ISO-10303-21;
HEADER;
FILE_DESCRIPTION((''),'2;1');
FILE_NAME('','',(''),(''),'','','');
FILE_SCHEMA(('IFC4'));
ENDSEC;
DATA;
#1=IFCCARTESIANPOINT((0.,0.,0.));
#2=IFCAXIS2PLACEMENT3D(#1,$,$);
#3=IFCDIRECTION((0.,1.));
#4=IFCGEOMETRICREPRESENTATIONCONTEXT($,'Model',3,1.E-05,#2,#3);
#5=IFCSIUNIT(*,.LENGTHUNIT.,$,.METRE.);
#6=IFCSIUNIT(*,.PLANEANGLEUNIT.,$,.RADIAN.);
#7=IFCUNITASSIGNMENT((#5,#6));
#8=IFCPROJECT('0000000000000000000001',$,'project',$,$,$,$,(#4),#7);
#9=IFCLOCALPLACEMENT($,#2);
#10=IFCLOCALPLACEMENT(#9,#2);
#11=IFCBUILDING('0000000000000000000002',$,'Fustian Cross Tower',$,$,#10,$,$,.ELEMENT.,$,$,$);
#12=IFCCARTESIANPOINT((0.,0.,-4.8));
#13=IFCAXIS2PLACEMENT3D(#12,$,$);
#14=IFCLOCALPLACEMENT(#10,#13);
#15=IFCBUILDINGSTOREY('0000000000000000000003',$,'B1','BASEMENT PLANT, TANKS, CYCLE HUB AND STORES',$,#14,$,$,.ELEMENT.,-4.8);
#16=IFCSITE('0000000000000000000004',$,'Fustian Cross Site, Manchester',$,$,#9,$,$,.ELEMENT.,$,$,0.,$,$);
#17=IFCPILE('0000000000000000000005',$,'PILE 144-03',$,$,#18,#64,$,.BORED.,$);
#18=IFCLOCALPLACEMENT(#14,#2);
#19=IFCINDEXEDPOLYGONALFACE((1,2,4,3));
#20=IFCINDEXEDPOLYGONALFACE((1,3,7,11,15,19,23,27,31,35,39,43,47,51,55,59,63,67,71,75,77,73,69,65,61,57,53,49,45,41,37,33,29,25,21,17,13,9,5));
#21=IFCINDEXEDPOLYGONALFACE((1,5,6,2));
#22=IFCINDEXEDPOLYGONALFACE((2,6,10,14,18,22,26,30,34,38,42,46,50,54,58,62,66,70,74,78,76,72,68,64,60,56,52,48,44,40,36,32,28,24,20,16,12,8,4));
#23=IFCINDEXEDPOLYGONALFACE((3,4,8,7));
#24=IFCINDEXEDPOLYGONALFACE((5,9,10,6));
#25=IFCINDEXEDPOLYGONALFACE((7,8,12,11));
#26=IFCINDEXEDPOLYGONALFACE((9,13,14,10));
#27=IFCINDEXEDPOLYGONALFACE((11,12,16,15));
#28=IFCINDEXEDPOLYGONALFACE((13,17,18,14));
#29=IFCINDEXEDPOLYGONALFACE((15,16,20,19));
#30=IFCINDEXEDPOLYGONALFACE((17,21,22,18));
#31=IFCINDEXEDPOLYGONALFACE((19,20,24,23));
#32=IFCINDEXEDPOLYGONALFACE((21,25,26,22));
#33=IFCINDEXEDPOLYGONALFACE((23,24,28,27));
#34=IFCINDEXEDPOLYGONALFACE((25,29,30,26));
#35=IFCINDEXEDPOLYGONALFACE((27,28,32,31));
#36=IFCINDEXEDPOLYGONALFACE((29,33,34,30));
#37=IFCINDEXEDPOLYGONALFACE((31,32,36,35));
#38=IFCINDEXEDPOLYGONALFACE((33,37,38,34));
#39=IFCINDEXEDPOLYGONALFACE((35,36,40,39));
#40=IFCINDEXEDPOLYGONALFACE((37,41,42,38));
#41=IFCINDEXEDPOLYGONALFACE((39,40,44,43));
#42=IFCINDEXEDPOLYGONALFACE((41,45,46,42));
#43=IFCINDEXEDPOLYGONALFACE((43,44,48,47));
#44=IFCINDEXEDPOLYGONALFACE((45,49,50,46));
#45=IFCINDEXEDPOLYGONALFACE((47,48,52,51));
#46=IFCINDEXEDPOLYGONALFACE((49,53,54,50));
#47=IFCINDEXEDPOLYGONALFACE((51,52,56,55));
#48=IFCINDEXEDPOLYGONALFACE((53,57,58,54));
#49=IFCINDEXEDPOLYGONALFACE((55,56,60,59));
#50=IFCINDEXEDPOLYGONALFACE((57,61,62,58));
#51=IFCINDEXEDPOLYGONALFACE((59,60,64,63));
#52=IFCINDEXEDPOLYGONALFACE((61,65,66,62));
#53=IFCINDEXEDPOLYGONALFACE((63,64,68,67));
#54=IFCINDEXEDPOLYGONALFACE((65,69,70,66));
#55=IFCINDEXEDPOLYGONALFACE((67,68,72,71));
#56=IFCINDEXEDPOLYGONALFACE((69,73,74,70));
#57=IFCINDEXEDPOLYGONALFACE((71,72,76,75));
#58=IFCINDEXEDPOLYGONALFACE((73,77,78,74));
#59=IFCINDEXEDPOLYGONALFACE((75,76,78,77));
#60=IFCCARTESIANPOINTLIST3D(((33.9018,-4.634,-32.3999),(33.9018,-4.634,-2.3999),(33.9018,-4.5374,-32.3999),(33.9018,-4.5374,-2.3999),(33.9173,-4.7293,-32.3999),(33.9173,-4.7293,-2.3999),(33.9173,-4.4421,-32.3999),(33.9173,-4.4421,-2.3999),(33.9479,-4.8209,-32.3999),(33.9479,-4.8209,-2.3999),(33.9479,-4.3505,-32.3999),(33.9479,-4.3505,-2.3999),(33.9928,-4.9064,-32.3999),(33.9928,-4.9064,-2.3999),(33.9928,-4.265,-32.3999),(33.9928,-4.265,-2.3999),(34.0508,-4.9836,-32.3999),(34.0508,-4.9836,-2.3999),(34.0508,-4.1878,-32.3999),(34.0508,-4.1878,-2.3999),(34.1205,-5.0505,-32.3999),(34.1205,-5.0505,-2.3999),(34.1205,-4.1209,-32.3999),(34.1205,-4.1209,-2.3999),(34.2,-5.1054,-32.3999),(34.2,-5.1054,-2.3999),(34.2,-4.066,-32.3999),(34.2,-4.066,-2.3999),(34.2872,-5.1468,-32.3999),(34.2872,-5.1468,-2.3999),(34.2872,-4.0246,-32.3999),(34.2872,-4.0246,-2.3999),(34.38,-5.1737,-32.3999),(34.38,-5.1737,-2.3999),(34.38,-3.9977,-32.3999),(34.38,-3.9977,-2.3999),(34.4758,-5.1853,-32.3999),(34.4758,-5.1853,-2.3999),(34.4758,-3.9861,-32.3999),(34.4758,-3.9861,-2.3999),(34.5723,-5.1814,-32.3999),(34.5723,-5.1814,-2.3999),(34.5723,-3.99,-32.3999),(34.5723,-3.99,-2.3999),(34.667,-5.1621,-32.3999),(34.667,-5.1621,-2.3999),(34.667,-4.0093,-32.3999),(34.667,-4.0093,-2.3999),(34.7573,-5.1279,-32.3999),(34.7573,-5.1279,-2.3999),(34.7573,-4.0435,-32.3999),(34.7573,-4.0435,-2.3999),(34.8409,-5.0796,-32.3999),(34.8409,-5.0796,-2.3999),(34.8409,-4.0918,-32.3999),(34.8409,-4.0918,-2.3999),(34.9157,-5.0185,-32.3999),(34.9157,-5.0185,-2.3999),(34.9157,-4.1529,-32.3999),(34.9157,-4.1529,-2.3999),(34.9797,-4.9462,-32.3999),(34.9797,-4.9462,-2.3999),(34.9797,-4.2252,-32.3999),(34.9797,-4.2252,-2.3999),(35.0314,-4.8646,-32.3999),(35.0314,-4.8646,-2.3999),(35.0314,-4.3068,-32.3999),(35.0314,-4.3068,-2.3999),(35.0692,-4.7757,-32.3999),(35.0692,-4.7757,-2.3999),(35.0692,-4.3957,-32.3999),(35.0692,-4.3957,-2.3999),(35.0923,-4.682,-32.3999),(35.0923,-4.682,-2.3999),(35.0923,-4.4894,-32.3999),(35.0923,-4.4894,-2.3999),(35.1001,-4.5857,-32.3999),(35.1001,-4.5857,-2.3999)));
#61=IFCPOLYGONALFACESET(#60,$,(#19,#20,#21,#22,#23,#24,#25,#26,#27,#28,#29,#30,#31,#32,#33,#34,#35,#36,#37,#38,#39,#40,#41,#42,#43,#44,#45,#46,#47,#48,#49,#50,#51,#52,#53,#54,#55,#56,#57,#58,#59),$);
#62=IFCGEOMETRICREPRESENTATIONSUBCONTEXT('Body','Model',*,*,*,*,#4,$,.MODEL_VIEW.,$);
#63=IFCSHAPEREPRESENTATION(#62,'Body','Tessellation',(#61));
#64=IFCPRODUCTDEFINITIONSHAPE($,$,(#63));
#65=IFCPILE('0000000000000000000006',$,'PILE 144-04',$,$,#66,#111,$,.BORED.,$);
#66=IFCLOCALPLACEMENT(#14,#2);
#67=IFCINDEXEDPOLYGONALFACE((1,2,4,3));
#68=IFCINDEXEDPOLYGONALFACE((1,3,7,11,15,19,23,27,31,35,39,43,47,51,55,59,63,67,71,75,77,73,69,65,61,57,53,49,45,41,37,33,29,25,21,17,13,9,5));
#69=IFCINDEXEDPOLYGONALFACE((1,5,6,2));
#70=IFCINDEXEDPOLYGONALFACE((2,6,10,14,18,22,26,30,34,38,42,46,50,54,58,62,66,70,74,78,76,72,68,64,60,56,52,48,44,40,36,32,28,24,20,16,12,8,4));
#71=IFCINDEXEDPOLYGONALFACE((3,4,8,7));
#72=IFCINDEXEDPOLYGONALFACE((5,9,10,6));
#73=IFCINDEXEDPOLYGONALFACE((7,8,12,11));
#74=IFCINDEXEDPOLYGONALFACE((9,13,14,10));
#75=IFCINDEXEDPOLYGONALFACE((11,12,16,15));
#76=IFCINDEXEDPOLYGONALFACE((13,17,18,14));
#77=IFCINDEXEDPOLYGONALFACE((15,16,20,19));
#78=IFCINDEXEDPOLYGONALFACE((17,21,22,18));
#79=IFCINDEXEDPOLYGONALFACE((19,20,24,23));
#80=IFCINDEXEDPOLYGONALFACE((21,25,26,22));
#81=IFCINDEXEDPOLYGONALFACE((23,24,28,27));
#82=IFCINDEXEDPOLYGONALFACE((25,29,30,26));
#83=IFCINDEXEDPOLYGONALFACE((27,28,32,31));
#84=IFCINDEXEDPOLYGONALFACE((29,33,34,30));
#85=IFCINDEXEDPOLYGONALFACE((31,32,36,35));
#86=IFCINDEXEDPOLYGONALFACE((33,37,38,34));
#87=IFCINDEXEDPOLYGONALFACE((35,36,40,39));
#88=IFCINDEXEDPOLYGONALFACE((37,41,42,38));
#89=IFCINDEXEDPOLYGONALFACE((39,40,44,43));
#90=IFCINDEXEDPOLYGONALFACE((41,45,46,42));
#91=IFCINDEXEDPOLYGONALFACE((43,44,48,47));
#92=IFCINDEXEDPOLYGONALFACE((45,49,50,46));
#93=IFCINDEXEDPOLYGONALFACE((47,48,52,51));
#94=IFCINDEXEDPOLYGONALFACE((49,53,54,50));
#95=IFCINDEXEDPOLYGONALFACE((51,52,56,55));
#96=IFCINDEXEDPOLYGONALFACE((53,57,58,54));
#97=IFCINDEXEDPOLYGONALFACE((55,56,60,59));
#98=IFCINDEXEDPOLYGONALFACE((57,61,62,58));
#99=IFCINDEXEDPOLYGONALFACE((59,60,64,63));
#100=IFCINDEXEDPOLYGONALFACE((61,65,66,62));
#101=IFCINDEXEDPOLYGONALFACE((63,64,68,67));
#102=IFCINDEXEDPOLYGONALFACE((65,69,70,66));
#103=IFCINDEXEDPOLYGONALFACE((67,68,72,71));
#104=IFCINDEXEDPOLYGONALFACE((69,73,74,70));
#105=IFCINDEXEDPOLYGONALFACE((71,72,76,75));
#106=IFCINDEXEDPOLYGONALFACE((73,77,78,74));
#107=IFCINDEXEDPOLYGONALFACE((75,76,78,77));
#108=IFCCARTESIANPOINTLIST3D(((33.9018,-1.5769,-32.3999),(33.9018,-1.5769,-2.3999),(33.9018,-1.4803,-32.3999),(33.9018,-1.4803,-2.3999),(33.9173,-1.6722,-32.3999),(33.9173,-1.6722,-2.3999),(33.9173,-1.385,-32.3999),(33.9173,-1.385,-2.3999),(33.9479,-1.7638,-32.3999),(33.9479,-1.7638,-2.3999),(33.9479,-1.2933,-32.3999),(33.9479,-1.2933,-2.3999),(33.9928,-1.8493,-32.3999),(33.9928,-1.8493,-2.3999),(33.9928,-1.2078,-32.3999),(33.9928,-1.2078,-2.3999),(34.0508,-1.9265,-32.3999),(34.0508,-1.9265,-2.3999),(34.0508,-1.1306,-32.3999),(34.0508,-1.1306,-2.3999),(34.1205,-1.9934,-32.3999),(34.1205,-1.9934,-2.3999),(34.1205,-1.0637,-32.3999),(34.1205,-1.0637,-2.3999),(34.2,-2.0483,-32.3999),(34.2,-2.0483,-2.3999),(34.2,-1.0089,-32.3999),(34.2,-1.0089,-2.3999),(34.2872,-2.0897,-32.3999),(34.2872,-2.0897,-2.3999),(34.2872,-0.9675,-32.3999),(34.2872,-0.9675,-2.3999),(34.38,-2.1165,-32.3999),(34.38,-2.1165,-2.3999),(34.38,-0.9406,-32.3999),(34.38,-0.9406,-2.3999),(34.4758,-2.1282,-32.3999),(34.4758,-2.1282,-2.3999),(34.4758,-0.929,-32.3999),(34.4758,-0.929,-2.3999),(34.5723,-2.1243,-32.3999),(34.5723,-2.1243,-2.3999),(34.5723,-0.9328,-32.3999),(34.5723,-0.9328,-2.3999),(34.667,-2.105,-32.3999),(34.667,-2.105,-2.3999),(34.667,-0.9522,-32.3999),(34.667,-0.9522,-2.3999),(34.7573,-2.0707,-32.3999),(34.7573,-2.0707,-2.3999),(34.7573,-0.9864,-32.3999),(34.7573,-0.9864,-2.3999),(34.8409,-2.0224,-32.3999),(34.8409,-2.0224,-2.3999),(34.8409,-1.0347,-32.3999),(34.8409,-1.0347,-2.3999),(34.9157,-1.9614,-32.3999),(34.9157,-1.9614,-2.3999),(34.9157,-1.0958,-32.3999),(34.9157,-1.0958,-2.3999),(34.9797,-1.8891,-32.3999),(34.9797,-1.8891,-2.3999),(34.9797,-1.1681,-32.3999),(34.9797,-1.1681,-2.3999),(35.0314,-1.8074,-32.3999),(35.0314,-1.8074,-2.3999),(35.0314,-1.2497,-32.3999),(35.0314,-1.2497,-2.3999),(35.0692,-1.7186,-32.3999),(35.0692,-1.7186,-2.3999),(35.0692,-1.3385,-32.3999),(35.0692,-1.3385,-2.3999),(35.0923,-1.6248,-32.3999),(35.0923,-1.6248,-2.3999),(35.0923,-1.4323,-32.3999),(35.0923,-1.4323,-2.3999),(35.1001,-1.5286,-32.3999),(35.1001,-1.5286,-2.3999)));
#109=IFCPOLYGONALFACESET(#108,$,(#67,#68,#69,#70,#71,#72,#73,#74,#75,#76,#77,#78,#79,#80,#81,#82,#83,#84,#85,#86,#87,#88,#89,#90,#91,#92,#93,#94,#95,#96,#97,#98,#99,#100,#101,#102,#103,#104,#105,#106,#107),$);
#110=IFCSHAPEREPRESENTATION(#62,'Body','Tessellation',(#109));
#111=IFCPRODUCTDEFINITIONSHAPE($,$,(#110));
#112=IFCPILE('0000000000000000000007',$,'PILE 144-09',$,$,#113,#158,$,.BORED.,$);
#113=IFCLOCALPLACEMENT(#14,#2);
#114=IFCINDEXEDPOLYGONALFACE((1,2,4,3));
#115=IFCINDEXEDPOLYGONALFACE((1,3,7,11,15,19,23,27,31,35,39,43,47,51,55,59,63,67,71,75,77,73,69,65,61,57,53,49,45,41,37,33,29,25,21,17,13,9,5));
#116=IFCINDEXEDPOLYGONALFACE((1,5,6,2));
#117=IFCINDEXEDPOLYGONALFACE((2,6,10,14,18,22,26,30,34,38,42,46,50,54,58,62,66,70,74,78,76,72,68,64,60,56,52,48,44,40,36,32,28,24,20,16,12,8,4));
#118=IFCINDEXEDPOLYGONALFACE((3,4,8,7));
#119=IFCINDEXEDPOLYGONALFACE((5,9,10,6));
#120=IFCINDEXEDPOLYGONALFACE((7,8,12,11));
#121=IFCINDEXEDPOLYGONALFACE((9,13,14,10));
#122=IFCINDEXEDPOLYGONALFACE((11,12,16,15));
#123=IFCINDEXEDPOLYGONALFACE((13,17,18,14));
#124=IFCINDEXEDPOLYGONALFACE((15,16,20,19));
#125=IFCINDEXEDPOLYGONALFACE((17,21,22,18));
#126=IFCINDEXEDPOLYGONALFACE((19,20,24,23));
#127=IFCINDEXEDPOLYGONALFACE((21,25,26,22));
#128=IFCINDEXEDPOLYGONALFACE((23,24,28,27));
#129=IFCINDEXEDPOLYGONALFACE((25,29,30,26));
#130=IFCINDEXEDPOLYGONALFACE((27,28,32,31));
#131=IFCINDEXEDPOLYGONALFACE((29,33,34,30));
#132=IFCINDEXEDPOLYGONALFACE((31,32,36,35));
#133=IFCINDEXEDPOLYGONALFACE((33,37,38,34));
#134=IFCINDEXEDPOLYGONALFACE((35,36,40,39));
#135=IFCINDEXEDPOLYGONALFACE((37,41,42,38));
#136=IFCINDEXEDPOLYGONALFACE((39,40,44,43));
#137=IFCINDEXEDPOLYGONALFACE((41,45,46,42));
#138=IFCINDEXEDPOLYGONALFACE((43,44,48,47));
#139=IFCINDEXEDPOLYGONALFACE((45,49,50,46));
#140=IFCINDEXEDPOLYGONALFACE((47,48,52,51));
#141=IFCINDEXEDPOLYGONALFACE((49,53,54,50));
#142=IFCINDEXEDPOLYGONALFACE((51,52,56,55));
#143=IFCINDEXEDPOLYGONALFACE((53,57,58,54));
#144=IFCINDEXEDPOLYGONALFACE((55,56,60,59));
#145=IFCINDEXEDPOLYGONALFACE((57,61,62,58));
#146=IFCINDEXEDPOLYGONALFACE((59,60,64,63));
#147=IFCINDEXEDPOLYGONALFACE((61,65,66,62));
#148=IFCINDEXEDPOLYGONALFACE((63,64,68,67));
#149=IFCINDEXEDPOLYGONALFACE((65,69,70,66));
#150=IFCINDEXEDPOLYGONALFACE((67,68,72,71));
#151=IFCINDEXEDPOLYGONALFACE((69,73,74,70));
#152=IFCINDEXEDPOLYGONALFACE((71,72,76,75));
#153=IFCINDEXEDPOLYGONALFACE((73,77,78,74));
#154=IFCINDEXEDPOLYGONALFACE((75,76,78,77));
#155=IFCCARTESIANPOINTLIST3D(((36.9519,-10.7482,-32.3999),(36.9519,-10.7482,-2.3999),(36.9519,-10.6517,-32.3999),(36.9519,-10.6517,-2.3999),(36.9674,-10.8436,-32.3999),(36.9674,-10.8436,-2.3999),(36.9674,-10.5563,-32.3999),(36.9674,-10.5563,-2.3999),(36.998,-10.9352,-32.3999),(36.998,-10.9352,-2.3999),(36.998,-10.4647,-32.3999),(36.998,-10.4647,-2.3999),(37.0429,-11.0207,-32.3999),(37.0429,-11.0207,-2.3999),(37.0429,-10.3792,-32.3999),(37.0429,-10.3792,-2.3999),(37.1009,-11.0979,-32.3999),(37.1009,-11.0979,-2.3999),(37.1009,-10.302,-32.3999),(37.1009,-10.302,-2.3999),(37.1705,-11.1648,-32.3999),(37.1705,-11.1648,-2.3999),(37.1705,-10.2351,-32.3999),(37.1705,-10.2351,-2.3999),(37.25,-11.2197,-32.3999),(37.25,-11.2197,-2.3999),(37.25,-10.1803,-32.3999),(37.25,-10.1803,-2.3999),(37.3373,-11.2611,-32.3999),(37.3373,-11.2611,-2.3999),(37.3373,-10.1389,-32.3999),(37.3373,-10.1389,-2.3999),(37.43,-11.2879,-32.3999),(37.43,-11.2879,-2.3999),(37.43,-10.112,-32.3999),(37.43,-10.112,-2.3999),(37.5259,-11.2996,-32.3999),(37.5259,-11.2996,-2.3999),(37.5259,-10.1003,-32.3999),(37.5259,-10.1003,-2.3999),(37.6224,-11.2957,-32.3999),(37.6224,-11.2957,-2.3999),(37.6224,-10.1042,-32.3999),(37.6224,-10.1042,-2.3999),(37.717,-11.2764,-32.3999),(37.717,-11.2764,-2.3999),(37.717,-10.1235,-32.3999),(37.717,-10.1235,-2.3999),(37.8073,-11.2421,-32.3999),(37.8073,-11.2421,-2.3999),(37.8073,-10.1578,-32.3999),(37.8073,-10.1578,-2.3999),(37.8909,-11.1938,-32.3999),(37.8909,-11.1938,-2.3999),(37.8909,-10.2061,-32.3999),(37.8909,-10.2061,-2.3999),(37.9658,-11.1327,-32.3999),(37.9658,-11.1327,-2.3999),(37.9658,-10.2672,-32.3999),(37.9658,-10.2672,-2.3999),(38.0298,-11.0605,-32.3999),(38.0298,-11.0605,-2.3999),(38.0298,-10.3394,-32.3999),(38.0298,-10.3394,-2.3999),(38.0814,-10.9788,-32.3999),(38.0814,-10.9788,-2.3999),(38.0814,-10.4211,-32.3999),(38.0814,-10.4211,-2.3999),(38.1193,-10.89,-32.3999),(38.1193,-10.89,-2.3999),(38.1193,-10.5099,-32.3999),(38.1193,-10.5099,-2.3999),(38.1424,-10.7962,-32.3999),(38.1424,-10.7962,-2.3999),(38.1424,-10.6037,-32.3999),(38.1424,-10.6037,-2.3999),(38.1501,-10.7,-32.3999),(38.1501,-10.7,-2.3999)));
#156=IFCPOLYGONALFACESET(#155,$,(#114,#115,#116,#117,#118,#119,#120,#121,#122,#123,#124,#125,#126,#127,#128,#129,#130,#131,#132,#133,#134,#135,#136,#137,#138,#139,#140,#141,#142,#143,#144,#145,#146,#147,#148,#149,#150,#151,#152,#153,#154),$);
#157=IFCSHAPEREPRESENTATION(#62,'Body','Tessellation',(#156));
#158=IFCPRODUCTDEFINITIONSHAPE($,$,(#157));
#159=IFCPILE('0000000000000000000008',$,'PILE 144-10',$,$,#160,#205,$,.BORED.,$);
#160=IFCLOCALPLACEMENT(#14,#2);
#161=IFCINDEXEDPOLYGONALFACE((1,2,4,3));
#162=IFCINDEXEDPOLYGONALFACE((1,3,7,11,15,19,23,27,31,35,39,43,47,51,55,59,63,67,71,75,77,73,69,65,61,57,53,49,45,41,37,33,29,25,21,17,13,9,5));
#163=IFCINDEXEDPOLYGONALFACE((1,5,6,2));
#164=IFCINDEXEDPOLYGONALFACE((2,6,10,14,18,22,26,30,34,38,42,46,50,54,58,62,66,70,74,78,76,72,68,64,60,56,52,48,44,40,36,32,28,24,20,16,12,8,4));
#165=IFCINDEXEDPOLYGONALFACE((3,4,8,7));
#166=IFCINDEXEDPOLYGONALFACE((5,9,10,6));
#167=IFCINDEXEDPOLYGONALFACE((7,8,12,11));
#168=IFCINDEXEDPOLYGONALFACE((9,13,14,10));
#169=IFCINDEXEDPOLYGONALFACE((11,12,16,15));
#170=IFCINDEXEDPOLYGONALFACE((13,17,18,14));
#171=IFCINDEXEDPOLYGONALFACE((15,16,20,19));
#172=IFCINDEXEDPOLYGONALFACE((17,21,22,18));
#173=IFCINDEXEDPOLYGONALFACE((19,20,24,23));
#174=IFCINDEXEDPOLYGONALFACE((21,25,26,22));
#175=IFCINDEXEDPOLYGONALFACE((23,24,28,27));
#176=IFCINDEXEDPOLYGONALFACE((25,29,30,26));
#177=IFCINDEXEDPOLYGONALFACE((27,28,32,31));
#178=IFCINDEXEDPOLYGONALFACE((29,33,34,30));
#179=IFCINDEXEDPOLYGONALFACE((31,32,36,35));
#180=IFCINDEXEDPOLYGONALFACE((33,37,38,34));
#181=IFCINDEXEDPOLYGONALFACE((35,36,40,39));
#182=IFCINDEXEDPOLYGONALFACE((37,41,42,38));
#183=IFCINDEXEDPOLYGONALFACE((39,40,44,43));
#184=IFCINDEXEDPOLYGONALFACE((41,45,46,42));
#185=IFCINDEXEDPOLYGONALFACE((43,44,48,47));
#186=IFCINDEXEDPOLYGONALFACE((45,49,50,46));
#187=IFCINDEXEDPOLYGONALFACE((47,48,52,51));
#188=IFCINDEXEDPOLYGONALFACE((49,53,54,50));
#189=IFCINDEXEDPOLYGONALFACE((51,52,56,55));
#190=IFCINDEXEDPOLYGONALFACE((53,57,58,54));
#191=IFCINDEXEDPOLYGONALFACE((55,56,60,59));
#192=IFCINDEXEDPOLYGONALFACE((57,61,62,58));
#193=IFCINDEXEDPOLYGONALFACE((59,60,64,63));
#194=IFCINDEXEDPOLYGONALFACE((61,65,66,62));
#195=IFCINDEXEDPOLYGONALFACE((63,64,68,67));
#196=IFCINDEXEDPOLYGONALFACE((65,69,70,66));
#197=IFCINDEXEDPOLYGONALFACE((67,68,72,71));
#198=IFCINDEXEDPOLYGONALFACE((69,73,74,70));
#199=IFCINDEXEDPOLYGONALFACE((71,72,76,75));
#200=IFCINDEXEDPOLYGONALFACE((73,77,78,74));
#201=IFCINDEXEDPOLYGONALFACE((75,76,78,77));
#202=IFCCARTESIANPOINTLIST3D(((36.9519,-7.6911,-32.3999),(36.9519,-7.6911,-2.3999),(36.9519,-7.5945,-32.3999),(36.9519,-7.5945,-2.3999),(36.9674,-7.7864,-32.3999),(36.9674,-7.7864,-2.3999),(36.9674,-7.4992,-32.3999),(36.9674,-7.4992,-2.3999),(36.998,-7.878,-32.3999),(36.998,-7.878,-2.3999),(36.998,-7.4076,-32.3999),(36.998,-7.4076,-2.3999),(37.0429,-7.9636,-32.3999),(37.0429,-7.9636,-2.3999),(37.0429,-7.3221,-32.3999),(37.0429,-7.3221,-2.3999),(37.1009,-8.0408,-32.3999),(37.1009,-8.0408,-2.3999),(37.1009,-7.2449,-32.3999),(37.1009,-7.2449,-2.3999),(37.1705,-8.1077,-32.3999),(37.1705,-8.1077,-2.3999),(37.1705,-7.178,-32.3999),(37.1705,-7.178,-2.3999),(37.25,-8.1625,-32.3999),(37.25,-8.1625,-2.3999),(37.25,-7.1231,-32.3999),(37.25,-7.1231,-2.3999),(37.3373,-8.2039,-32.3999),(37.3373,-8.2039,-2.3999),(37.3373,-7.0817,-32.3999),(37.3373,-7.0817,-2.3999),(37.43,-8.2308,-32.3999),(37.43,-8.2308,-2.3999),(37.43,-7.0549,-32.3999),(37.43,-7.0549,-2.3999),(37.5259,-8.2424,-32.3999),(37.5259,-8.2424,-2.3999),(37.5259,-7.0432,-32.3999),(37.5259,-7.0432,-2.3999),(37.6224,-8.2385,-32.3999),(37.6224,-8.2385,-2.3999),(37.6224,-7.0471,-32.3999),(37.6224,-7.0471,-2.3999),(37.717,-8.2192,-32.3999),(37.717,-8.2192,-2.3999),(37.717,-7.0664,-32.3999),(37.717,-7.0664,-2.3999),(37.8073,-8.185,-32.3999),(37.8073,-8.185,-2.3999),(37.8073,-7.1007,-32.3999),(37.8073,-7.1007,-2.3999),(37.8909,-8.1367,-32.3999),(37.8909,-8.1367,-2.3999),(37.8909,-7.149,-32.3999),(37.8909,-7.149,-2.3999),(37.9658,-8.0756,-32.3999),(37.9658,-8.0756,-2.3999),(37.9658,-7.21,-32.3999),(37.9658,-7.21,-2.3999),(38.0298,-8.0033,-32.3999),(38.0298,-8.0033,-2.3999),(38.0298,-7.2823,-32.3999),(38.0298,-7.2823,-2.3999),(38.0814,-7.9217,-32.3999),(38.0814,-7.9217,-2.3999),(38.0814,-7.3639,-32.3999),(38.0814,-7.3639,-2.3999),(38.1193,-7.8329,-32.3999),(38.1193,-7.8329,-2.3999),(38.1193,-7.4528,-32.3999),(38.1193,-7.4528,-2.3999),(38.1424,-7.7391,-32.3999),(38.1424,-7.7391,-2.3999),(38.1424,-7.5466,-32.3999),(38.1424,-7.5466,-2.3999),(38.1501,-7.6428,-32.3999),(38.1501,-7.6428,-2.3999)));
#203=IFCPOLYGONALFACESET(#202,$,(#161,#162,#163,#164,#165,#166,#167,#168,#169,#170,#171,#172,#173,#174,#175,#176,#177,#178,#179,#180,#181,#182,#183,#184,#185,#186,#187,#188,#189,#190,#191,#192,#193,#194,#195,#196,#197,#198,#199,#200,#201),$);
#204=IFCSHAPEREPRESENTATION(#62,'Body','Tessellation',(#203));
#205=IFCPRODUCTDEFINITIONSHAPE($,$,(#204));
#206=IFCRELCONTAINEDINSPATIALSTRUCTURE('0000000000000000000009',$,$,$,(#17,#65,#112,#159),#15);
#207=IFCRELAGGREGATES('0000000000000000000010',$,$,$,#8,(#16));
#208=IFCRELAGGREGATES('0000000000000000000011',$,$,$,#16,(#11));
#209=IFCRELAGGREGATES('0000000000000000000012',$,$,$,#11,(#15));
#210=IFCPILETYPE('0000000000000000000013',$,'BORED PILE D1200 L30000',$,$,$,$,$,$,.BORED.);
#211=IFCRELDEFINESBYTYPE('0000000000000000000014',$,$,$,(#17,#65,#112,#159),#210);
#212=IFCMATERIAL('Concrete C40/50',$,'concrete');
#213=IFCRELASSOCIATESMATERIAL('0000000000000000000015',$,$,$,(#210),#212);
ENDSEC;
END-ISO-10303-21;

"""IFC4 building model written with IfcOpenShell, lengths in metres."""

from ifc_helpers import new_model, si_unit, direction, frame, origin, origin_2d, place, context, subcontext, project, spatial, circle, extrude, material, material_profile, profile_set, type_object, element, save


model = new_model("IFC4")

# Units and contexts
model_context = context("Model", 3, precision=1e-05, world=origin(), true_north=direction((0.0, 1.0)))
body_context = subcontext(model_context, "Body", "Model", "MODEL_VIEW")
ifc_project = project(units=[si_unit("LENGTHUNIT", "METRE"), si_unit("PLANEANGLEUNIT", "RADIAN")], contexts=[model_context])

# Site, building, storey
site_placement = place(None, origin())
site = spatial("IfcSite", under=ifc_project, at=site_placement, Name="Fustian Cross Site, Manchester", CompositionType="ELEMENT", RefElevation=0.0)
building_placement = place(site_placement, origin())
building = spatial("IfcBuilding", under=site, at=building_placement, Name="Fustian Cross Tower", CompositionType="ELEMENT")
storey_placement = place(building_placement, frame((0.0, 0.0, -4.8)))
storey = spatial("IfcBuildingStorey", under=building, at=storey_placement, Name="B1", Description="BASEMENT PLANT, TANKS, CYCLE HUB AND STORES", CompositionType="ELEMENT", Elevation=-4.8)

# Piles
ifc_material_1 = material(Name="Concrete C40/50", Category="concrete")
ifc_material_profile_1 = material_profile(ifc_material_1, circle(Radius=0.6001, at=origin_2d()), Name="BORED PILE D1200 L30000")
ifc_profile_set_1 = profile_set([ifc_material_profile_1], Name="Concrete C40/50")
pile_type_1 = type_object("IfcPileType", Name="BORED PILE D1200 L30000", PredefinedType="BORED", material=ifc_profile_set_1)
for number, where, z_axis, x_axis, name in (
    (1, (34.5, -4.5857, -2.3999), (0.0, 0.0, -1.0), (1.0, 0.0, 0.0), "PILE 144-03"),
    (2, (34.5, -1.5286, -2.3999), (0.0, 0.0, -1.0), (1.0, 0.0, 0.0), "PILE 144-04"),
    (3, (37.55, -10.7, -2.3999), (0.0, 0.0, -1.0), (1.0, 0.0, 0.0), "PILE 144-09"),
    (4, (37.55, -7.6428, -2.3999), (0.0, 0.0, -1.0), (1.0, 0.0, 0.0), "PILE 144-10"),
):
    element("IfcPile", number, at=place(storey_placement, frame(where, z_axis=z_axis, x_axis=x_axis)), inside=storey, type_object=pile_type_1, Name=name, PredefinedType="BORED", context=body_context, shape_type="SweptSolid", body=[
        extrude(circle(Radius=0.6001, at=origin_2d()), origin(), (0.0, 0.0, 1.0), 30.0),
    ])

save(model, "model.ifc")
